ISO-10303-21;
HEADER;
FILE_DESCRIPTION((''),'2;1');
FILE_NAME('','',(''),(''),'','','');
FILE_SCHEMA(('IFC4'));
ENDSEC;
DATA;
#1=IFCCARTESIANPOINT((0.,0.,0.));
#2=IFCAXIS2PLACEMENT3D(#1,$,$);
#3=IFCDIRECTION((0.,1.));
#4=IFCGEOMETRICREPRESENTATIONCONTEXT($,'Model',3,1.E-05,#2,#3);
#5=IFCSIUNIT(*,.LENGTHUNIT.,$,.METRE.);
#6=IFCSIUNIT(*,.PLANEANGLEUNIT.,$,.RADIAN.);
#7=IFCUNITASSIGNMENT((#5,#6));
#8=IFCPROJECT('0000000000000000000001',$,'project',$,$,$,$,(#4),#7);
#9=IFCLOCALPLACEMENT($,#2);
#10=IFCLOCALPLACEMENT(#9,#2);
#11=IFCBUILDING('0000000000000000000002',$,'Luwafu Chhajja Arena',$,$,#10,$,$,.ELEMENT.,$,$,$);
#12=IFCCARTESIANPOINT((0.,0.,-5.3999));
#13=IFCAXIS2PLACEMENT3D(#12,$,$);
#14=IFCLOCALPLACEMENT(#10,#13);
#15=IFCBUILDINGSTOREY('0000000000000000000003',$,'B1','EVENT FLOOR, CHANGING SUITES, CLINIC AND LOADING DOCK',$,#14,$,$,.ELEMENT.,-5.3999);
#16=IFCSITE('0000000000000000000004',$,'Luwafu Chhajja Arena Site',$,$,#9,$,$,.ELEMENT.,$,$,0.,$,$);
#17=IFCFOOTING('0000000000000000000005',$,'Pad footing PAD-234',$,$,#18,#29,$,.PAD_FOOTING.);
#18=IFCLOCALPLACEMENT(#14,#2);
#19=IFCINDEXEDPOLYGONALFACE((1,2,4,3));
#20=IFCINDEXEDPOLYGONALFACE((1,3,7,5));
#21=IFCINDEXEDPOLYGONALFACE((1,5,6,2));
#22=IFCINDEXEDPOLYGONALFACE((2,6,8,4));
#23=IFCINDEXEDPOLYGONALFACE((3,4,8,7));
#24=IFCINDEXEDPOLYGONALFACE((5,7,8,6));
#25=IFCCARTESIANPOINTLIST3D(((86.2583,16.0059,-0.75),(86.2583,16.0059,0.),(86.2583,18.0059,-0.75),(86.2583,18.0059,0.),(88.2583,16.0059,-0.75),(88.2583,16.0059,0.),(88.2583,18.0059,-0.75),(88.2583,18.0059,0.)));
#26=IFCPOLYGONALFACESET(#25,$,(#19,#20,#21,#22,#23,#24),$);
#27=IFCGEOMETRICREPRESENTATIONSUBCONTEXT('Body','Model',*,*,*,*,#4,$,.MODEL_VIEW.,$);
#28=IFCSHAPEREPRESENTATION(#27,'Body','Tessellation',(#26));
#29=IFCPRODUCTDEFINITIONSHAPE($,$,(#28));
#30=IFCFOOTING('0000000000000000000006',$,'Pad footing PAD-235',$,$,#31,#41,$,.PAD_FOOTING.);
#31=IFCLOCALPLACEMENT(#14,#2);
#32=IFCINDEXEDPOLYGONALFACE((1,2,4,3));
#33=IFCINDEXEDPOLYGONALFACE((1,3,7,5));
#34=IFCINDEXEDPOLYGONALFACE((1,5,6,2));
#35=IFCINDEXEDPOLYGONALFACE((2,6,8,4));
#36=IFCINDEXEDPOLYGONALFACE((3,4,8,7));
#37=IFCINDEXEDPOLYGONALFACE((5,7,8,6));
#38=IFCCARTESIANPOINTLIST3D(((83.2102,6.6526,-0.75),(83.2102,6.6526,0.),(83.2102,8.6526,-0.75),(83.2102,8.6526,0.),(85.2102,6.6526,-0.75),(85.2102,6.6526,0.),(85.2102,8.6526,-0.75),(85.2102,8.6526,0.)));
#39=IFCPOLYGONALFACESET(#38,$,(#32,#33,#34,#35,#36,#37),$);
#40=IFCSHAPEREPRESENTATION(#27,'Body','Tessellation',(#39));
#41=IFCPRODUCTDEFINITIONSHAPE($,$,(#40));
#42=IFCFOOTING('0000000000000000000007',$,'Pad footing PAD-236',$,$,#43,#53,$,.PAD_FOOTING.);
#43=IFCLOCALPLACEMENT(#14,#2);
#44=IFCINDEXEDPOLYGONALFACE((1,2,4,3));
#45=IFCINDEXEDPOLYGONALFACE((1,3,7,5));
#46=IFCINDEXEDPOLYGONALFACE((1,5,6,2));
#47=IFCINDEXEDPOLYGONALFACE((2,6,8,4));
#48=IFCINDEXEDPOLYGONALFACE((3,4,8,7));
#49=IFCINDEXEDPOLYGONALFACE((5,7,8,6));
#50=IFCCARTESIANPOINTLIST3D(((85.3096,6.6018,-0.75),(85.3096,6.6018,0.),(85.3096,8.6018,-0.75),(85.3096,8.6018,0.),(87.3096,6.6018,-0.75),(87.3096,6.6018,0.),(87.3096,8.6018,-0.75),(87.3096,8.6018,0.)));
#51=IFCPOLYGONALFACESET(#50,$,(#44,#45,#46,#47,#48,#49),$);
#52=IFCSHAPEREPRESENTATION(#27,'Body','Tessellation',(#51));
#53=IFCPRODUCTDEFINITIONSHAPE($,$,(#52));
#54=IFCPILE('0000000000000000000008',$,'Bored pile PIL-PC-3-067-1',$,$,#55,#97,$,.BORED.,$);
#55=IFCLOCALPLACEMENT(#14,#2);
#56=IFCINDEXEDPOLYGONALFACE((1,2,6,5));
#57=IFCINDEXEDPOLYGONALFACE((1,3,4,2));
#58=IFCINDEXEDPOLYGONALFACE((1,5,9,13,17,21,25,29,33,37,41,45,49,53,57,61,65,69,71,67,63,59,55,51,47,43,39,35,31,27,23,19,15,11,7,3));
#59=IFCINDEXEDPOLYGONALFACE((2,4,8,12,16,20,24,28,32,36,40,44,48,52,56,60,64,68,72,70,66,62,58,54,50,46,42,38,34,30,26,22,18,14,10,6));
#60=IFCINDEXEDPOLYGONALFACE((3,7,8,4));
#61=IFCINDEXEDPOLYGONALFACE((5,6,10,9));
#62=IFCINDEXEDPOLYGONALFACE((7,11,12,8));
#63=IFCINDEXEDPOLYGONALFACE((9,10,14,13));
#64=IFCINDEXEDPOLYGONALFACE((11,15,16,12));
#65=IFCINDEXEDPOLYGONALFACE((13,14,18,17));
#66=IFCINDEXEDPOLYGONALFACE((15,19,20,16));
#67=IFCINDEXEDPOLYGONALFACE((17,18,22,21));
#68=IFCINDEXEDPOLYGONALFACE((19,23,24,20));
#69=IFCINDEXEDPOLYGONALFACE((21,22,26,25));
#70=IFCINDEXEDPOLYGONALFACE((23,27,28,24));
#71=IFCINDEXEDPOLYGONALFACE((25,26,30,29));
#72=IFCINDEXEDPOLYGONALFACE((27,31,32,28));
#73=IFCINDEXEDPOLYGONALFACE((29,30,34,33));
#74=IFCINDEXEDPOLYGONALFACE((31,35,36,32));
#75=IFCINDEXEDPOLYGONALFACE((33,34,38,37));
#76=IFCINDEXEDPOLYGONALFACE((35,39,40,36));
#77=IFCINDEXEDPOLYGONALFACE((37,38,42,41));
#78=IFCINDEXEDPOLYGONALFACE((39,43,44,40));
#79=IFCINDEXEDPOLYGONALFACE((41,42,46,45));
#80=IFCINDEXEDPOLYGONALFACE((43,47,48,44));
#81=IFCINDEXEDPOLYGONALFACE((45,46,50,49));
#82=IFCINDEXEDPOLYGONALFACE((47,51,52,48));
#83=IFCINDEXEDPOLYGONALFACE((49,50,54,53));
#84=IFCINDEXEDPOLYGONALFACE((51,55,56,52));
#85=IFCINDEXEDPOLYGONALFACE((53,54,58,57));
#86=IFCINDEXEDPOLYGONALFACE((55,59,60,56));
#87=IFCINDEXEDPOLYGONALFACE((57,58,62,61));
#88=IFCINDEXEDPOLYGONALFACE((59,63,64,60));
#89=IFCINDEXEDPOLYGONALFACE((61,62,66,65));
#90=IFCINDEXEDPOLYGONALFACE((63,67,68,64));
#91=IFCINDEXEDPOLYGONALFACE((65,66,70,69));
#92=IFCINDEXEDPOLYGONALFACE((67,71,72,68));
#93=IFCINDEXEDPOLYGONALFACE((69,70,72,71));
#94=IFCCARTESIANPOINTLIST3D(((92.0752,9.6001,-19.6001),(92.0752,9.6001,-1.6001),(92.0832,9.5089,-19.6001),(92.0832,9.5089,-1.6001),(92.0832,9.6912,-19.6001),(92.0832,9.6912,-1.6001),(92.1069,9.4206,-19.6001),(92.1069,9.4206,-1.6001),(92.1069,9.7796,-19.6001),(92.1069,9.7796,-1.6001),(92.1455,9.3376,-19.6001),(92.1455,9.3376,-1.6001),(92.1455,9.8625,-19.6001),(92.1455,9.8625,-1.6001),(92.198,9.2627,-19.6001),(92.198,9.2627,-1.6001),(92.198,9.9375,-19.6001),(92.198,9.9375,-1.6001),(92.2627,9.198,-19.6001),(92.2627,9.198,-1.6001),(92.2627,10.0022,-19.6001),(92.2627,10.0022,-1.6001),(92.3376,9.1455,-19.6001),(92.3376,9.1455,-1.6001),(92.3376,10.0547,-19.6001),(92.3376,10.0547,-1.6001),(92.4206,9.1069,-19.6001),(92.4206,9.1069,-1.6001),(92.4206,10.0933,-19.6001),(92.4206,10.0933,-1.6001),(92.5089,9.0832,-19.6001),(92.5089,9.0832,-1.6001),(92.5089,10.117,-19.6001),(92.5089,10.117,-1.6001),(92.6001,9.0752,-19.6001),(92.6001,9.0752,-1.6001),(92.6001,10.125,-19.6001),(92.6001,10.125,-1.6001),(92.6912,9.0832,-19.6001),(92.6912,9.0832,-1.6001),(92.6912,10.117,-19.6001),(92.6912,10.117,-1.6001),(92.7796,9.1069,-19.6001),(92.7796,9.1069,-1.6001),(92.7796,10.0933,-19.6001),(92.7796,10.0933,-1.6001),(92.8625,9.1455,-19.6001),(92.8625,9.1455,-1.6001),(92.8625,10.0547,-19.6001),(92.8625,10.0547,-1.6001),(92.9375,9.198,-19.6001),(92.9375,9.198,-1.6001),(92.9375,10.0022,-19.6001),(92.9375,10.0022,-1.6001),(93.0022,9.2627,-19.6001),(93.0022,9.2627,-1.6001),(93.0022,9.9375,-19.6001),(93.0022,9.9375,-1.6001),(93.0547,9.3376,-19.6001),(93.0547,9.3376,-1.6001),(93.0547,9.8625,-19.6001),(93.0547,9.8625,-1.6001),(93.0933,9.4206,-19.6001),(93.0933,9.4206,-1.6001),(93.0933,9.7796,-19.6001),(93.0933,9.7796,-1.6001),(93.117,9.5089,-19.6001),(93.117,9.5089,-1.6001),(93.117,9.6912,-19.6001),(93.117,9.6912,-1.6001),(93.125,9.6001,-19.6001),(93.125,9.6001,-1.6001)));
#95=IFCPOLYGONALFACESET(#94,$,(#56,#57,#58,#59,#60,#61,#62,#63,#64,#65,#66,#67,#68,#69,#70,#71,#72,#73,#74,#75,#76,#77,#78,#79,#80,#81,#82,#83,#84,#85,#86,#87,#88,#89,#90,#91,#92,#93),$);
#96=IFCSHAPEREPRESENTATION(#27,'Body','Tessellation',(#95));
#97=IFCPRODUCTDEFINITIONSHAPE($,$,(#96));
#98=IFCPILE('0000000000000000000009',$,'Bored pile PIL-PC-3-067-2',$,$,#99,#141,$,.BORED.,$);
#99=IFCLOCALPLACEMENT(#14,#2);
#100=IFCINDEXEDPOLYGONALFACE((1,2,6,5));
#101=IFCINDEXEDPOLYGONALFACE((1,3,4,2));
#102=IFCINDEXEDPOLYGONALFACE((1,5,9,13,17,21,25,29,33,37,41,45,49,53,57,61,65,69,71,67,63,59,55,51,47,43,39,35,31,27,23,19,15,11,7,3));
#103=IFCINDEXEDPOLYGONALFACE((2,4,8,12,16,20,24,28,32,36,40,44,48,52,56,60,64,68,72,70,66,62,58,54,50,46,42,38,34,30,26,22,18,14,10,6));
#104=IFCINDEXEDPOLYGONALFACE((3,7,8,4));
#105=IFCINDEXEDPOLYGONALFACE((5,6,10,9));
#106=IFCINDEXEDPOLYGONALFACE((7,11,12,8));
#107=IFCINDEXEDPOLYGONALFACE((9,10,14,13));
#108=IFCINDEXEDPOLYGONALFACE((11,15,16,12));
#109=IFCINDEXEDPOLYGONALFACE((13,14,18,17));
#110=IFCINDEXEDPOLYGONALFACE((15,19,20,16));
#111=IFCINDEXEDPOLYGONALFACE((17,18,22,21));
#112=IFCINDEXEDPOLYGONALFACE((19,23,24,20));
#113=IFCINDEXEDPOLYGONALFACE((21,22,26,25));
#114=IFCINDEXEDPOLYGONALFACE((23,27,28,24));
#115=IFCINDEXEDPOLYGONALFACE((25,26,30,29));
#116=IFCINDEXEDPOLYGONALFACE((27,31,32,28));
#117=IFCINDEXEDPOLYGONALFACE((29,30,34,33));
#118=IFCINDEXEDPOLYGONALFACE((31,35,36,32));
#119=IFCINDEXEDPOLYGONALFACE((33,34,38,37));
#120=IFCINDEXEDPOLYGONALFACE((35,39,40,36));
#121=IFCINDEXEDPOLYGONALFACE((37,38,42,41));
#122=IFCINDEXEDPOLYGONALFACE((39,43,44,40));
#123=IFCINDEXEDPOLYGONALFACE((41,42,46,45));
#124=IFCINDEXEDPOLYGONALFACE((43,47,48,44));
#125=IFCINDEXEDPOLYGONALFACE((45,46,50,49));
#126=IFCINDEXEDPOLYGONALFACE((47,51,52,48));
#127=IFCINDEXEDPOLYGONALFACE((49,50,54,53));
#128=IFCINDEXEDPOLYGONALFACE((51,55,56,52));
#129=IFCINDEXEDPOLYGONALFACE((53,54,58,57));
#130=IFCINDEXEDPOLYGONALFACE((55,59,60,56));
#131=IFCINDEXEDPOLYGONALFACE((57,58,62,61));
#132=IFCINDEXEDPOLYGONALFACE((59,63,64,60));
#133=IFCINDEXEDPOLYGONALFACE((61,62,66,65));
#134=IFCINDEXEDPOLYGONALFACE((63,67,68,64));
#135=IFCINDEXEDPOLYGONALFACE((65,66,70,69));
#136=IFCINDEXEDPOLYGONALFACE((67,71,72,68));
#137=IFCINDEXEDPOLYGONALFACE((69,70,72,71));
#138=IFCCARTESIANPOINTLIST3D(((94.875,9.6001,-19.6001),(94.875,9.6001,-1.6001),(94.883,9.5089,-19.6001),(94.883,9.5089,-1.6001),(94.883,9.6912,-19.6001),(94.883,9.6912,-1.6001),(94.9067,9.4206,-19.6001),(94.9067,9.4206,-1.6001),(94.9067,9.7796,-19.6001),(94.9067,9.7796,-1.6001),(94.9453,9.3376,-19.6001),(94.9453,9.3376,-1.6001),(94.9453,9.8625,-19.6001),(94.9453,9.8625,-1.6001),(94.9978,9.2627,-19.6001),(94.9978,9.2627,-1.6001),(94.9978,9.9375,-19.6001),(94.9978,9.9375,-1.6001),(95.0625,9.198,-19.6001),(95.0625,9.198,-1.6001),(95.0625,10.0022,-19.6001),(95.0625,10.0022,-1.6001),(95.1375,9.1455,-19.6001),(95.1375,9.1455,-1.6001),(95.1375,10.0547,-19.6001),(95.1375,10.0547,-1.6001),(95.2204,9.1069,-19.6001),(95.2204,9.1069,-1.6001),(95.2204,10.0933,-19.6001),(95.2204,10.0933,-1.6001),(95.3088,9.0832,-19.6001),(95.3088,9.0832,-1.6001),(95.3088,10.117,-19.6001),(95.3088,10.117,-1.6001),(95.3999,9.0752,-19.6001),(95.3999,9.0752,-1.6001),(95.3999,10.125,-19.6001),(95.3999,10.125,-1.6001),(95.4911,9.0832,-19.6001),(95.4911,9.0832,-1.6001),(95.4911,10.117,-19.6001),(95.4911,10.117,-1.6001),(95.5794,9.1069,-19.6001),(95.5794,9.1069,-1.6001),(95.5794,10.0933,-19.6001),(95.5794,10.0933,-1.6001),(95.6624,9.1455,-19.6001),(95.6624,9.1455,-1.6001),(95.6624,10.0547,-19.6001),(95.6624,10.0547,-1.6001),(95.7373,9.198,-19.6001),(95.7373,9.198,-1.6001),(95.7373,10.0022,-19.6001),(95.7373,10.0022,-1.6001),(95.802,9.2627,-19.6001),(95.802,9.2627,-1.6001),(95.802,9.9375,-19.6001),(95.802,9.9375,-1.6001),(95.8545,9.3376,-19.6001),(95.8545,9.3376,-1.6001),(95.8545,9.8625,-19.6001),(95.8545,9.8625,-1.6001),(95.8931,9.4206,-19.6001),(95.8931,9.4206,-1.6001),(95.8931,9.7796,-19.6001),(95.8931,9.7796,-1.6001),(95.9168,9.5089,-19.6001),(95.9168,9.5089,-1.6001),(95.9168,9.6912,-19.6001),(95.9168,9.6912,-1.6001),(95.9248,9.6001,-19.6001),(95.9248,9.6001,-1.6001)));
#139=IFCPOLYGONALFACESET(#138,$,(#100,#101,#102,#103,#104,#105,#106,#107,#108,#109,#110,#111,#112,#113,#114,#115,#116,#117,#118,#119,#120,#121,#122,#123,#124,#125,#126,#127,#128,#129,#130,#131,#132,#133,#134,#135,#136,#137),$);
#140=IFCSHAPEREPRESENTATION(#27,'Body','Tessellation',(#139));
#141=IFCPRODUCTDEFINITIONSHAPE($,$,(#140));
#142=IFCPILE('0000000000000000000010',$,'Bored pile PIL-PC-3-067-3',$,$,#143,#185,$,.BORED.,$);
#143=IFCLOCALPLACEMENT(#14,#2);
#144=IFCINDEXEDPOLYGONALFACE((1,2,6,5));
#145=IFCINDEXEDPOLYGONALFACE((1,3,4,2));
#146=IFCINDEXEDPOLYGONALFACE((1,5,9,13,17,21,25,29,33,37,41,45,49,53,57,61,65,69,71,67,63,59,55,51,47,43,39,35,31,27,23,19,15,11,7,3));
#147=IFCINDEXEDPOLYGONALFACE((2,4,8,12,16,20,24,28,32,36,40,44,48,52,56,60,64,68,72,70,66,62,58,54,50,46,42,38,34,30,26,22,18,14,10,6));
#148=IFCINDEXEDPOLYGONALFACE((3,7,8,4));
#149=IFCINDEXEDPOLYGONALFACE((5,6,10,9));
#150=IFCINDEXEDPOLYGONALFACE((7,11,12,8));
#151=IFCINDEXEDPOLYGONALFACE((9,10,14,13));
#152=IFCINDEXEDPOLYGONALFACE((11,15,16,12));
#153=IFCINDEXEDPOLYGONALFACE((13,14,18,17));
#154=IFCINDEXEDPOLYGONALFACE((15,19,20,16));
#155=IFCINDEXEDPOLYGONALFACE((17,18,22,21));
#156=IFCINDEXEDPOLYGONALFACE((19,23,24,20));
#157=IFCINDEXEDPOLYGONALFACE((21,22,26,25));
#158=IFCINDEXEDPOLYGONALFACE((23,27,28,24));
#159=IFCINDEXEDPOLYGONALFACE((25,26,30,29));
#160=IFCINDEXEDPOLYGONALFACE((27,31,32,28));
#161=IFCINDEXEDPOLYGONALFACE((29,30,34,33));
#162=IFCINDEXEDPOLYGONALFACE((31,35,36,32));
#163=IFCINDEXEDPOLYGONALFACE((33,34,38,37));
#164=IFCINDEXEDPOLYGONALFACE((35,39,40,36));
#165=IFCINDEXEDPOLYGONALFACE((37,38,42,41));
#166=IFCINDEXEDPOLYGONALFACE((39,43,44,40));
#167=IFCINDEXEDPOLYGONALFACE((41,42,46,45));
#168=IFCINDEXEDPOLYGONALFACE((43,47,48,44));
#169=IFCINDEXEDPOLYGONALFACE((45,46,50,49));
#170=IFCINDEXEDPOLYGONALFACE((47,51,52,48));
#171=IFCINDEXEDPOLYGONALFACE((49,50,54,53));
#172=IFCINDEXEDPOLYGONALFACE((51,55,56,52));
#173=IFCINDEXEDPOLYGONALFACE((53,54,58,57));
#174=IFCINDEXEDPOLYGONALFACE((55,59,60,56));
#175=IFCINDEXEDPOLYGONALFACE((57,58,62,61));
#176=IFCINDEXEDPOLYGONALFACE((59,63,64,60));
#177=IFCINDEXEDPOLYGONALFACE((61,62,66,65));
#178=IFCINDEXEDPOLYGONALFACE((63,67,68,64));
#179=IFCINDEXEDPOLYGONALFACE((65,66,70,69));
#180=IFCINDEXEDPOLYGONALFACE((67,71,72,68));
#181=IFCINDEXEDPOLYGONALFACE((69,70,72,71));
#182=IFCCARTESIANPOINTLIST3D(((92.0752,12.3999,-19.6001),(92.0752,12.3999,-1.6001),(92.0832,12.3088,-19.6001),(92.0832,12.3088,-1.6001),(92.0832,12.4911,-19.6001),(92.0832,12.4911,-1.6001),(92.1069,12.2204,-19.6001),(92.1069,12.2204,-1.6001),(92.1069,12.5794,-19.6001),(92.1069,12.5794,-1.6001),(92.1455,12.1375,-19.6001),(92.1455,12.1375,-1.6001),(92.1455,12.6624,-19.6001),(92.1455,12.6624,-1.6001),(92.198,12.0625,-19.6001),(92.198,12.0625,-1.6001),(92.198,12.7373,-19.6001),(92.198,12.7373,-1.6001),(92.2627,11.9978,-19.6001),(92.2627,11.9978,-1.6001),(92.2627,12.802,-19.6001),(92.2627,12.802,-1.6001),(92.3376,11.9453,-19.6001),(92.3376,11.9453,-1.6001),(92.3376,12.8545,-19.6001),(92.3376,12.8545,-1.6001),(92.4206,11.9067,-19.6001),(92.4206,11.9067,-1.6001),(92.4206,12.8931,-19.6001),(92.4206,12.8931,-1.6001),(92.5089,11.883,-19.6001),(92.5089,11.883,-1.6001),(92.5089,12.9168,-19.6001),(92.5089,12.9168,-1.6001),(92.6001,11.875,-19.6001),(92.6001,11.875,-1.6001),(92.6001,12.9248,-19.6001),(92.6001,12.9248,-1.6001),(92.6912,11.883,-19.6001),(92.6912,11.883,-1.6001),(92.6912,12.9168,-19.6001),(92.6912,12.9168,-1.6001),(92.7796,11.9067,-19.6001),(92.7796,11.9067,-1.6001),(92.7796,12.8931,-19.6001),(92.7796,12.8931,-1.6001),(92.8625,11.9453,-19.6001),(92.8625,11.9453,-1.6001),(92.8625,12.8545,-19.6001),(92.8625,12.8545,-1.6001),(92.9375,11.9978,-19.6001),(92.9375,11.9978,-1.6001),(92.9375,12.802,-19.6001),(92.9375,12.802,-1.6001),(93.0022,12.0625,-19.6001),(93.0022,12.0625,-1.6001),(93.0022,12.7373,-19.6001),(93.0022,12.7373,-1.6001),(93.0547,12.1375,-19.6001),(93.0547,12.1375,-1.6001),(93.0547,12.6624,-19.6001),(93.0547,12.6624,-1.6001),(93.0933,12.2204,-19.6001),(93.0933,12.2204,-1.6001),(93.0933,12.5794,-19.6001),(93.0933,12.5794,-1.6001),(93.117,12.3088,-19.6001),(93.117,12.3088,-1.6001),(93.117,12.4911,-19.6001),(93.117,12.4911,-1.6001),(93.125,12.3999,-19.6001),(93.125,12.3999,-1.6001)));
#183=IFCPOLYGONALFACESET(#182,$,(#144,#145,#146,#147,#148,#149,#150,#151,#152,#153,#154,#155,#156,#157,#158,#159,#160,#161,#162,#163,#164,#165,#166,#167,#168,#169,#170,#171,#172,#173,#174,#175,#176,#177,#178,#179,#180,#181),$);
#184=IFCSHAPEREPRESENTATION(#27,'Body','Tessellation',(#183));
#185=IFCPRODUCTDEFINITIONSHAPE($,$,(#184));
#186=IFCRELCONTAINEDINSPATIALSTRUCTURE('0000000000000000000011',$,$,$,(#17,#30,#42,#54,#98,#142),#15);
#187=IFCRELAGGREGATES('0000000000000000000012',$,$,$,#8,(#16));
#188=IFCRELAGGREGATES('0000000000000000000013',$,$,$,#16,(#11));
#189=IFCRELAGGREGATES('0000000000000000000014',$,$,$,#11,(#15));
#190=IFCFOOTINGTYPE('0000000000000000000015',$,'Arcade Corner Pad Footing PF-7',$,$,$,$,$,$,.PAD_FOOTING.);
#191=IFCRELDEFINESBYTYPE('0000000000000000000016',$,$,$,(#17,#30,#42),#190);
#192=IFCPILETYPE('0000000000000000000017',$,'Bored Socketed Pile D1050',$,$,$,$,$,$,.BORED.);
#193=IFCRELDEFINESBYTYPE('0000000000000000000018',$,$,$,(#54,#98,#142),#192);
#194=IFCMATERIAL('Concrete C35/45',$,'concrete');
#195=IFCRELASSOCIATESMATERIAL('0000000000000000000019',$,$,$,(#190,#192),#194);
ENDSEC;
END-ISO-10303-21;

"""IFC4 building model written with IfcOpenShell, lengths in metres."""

from ifc_helpers import new_model, si_unit, direction, frame, origin, origin_2d, place, context, subcontext, project, spatial, rectangle, circle, extrude, material, material_profile, profile_set, type_object, element, save


model = new_model("IFC4")

# Units and contexts
model_context = context("Model", 3, precision=1e-05, world=origin(), true_north=direction((0.0, 1.0)))
body_context = subcontext(model_context, "Body", "Model", "MODEL_VIEW")
ifc_project = project(units=[si_unit("LENGTHUNIT", "METRE"), si_unit("PLANEANGLEUNIT", "RADIAN")], contexts=[model_context])

# Site, building, storey
site_placement = place(None, origin())
site = spatial("IfcSite", under=ifc_project, at=site_placement, Name="Luwafu Chhajja Arena Site", CompositionType="ELEMENT", RefElevation=0.0)
building_placement = place(site_placement, origin())
building = spatial("IfcBuilding", under=site, at=building_placement, Name="Luwafu Chhajja Arena", CompositionType="ELEMENT")
storey_placement = place(building_placement, frame((0.0, 0.0, -5.3999)))
storey = spatial("IfcBuildingStorey", under=building, at=storey_placement, Name="B1", Description="EVENT FLOOR, CHANGING SUITES, CLINIC AND LOADING DOCK", CompositionType="ELEMENT", Elevation=-5.3999)

# Footings
ifc_material_1 = material(Name="Concrete C35/45", Category="concrete")
footing_type_1 = type_object("IfcFootingType", Name="Arcade Corner Pad Footing PF-7", PredefinedType="PAD_FOOTING", material=ifc_material_1)
for number, where, z_axis, x_axis, name in (
    (1, (87.2583, 17.0059, -0.75), (0.0, 0.0, 1.0), (1.0, 0.0, 0.0), "Pad footing PAD-234"),
    (2, (84.2102, 7.6526, -0.75), (0.0, 0.0, 1.0), (1.0, 0.0, 0.0), "Pad footing PAD-235"),
    (3, (86.3096, 7.6018, -0.75), (0.0, 0.0, 1.0), (1.0, 0.0, 0.0), "Pad footing PAD-236"),
):
    element("IfcFooting", number, at=place(storey_placement, frame(where, z_axis=z_axis, x_axis=x_axis)), inside=storey, type_object=footing_type_1, Name=name, PredefinedType="PAD_FOOTING", context=body_context, shape_type="SweptSolid", body=[
        extrude(rectangle(XDim=2.0, YDim=2.0, at=origin_2d()), origin(), (0.0, 0.0, 1.0), 0.75),
    ])

# Piles
ifc_material_profile_1 = material_profile(ifc_material_1, circle(Radius=0.5249, at=origin_2d()), Name="PILE D1050")
ifc_profile_set_1 = profile_set([ifc_material_profile_1], Name="Concrete C35/45")
pile_type_1 = type_object("IfcPileType", Name="Bored Socketed Pile D1050", PredefinedType="BORED", material=ifc_profile_set_1)
for number, where, z_axis, x_axis, name in (
    (4, (92.6001, 9.6001, -1.6001), (0.0, 0.0, -1.0), (1.0, 0.0, 0.0), "Bored pile PIL-PC-3-067-1"),
    (5, (95.3999, 9.6001, -1.6001), (0.0, 0.0, -1.0), (1.0, 0.0, 0.0), "Bored pile PIL-PC-3-067-2"),
    (6, (92.6001, 12.3999, -1.6001), (0.0, 0.0, -1.0), (1.0, 0.0, 0.0), "Bored pile PIL-PC-3-067-3"),
):
    element("IfcPile", number, at=place(storey_placement, frame(where, z_axis=z_axis, x_axis=x_axis)), inside=storey, type_object=pile_type_1, Name=name, PredefinedType="BORED", context=body_context, shape_type="SweptSolid", body=[
        extrude(circle(Radius=0.5249, at=origin_2d()), origin(), (0.0, 0.0, 1.0), 18.0),
    ])

save(model, "model.ifc")
